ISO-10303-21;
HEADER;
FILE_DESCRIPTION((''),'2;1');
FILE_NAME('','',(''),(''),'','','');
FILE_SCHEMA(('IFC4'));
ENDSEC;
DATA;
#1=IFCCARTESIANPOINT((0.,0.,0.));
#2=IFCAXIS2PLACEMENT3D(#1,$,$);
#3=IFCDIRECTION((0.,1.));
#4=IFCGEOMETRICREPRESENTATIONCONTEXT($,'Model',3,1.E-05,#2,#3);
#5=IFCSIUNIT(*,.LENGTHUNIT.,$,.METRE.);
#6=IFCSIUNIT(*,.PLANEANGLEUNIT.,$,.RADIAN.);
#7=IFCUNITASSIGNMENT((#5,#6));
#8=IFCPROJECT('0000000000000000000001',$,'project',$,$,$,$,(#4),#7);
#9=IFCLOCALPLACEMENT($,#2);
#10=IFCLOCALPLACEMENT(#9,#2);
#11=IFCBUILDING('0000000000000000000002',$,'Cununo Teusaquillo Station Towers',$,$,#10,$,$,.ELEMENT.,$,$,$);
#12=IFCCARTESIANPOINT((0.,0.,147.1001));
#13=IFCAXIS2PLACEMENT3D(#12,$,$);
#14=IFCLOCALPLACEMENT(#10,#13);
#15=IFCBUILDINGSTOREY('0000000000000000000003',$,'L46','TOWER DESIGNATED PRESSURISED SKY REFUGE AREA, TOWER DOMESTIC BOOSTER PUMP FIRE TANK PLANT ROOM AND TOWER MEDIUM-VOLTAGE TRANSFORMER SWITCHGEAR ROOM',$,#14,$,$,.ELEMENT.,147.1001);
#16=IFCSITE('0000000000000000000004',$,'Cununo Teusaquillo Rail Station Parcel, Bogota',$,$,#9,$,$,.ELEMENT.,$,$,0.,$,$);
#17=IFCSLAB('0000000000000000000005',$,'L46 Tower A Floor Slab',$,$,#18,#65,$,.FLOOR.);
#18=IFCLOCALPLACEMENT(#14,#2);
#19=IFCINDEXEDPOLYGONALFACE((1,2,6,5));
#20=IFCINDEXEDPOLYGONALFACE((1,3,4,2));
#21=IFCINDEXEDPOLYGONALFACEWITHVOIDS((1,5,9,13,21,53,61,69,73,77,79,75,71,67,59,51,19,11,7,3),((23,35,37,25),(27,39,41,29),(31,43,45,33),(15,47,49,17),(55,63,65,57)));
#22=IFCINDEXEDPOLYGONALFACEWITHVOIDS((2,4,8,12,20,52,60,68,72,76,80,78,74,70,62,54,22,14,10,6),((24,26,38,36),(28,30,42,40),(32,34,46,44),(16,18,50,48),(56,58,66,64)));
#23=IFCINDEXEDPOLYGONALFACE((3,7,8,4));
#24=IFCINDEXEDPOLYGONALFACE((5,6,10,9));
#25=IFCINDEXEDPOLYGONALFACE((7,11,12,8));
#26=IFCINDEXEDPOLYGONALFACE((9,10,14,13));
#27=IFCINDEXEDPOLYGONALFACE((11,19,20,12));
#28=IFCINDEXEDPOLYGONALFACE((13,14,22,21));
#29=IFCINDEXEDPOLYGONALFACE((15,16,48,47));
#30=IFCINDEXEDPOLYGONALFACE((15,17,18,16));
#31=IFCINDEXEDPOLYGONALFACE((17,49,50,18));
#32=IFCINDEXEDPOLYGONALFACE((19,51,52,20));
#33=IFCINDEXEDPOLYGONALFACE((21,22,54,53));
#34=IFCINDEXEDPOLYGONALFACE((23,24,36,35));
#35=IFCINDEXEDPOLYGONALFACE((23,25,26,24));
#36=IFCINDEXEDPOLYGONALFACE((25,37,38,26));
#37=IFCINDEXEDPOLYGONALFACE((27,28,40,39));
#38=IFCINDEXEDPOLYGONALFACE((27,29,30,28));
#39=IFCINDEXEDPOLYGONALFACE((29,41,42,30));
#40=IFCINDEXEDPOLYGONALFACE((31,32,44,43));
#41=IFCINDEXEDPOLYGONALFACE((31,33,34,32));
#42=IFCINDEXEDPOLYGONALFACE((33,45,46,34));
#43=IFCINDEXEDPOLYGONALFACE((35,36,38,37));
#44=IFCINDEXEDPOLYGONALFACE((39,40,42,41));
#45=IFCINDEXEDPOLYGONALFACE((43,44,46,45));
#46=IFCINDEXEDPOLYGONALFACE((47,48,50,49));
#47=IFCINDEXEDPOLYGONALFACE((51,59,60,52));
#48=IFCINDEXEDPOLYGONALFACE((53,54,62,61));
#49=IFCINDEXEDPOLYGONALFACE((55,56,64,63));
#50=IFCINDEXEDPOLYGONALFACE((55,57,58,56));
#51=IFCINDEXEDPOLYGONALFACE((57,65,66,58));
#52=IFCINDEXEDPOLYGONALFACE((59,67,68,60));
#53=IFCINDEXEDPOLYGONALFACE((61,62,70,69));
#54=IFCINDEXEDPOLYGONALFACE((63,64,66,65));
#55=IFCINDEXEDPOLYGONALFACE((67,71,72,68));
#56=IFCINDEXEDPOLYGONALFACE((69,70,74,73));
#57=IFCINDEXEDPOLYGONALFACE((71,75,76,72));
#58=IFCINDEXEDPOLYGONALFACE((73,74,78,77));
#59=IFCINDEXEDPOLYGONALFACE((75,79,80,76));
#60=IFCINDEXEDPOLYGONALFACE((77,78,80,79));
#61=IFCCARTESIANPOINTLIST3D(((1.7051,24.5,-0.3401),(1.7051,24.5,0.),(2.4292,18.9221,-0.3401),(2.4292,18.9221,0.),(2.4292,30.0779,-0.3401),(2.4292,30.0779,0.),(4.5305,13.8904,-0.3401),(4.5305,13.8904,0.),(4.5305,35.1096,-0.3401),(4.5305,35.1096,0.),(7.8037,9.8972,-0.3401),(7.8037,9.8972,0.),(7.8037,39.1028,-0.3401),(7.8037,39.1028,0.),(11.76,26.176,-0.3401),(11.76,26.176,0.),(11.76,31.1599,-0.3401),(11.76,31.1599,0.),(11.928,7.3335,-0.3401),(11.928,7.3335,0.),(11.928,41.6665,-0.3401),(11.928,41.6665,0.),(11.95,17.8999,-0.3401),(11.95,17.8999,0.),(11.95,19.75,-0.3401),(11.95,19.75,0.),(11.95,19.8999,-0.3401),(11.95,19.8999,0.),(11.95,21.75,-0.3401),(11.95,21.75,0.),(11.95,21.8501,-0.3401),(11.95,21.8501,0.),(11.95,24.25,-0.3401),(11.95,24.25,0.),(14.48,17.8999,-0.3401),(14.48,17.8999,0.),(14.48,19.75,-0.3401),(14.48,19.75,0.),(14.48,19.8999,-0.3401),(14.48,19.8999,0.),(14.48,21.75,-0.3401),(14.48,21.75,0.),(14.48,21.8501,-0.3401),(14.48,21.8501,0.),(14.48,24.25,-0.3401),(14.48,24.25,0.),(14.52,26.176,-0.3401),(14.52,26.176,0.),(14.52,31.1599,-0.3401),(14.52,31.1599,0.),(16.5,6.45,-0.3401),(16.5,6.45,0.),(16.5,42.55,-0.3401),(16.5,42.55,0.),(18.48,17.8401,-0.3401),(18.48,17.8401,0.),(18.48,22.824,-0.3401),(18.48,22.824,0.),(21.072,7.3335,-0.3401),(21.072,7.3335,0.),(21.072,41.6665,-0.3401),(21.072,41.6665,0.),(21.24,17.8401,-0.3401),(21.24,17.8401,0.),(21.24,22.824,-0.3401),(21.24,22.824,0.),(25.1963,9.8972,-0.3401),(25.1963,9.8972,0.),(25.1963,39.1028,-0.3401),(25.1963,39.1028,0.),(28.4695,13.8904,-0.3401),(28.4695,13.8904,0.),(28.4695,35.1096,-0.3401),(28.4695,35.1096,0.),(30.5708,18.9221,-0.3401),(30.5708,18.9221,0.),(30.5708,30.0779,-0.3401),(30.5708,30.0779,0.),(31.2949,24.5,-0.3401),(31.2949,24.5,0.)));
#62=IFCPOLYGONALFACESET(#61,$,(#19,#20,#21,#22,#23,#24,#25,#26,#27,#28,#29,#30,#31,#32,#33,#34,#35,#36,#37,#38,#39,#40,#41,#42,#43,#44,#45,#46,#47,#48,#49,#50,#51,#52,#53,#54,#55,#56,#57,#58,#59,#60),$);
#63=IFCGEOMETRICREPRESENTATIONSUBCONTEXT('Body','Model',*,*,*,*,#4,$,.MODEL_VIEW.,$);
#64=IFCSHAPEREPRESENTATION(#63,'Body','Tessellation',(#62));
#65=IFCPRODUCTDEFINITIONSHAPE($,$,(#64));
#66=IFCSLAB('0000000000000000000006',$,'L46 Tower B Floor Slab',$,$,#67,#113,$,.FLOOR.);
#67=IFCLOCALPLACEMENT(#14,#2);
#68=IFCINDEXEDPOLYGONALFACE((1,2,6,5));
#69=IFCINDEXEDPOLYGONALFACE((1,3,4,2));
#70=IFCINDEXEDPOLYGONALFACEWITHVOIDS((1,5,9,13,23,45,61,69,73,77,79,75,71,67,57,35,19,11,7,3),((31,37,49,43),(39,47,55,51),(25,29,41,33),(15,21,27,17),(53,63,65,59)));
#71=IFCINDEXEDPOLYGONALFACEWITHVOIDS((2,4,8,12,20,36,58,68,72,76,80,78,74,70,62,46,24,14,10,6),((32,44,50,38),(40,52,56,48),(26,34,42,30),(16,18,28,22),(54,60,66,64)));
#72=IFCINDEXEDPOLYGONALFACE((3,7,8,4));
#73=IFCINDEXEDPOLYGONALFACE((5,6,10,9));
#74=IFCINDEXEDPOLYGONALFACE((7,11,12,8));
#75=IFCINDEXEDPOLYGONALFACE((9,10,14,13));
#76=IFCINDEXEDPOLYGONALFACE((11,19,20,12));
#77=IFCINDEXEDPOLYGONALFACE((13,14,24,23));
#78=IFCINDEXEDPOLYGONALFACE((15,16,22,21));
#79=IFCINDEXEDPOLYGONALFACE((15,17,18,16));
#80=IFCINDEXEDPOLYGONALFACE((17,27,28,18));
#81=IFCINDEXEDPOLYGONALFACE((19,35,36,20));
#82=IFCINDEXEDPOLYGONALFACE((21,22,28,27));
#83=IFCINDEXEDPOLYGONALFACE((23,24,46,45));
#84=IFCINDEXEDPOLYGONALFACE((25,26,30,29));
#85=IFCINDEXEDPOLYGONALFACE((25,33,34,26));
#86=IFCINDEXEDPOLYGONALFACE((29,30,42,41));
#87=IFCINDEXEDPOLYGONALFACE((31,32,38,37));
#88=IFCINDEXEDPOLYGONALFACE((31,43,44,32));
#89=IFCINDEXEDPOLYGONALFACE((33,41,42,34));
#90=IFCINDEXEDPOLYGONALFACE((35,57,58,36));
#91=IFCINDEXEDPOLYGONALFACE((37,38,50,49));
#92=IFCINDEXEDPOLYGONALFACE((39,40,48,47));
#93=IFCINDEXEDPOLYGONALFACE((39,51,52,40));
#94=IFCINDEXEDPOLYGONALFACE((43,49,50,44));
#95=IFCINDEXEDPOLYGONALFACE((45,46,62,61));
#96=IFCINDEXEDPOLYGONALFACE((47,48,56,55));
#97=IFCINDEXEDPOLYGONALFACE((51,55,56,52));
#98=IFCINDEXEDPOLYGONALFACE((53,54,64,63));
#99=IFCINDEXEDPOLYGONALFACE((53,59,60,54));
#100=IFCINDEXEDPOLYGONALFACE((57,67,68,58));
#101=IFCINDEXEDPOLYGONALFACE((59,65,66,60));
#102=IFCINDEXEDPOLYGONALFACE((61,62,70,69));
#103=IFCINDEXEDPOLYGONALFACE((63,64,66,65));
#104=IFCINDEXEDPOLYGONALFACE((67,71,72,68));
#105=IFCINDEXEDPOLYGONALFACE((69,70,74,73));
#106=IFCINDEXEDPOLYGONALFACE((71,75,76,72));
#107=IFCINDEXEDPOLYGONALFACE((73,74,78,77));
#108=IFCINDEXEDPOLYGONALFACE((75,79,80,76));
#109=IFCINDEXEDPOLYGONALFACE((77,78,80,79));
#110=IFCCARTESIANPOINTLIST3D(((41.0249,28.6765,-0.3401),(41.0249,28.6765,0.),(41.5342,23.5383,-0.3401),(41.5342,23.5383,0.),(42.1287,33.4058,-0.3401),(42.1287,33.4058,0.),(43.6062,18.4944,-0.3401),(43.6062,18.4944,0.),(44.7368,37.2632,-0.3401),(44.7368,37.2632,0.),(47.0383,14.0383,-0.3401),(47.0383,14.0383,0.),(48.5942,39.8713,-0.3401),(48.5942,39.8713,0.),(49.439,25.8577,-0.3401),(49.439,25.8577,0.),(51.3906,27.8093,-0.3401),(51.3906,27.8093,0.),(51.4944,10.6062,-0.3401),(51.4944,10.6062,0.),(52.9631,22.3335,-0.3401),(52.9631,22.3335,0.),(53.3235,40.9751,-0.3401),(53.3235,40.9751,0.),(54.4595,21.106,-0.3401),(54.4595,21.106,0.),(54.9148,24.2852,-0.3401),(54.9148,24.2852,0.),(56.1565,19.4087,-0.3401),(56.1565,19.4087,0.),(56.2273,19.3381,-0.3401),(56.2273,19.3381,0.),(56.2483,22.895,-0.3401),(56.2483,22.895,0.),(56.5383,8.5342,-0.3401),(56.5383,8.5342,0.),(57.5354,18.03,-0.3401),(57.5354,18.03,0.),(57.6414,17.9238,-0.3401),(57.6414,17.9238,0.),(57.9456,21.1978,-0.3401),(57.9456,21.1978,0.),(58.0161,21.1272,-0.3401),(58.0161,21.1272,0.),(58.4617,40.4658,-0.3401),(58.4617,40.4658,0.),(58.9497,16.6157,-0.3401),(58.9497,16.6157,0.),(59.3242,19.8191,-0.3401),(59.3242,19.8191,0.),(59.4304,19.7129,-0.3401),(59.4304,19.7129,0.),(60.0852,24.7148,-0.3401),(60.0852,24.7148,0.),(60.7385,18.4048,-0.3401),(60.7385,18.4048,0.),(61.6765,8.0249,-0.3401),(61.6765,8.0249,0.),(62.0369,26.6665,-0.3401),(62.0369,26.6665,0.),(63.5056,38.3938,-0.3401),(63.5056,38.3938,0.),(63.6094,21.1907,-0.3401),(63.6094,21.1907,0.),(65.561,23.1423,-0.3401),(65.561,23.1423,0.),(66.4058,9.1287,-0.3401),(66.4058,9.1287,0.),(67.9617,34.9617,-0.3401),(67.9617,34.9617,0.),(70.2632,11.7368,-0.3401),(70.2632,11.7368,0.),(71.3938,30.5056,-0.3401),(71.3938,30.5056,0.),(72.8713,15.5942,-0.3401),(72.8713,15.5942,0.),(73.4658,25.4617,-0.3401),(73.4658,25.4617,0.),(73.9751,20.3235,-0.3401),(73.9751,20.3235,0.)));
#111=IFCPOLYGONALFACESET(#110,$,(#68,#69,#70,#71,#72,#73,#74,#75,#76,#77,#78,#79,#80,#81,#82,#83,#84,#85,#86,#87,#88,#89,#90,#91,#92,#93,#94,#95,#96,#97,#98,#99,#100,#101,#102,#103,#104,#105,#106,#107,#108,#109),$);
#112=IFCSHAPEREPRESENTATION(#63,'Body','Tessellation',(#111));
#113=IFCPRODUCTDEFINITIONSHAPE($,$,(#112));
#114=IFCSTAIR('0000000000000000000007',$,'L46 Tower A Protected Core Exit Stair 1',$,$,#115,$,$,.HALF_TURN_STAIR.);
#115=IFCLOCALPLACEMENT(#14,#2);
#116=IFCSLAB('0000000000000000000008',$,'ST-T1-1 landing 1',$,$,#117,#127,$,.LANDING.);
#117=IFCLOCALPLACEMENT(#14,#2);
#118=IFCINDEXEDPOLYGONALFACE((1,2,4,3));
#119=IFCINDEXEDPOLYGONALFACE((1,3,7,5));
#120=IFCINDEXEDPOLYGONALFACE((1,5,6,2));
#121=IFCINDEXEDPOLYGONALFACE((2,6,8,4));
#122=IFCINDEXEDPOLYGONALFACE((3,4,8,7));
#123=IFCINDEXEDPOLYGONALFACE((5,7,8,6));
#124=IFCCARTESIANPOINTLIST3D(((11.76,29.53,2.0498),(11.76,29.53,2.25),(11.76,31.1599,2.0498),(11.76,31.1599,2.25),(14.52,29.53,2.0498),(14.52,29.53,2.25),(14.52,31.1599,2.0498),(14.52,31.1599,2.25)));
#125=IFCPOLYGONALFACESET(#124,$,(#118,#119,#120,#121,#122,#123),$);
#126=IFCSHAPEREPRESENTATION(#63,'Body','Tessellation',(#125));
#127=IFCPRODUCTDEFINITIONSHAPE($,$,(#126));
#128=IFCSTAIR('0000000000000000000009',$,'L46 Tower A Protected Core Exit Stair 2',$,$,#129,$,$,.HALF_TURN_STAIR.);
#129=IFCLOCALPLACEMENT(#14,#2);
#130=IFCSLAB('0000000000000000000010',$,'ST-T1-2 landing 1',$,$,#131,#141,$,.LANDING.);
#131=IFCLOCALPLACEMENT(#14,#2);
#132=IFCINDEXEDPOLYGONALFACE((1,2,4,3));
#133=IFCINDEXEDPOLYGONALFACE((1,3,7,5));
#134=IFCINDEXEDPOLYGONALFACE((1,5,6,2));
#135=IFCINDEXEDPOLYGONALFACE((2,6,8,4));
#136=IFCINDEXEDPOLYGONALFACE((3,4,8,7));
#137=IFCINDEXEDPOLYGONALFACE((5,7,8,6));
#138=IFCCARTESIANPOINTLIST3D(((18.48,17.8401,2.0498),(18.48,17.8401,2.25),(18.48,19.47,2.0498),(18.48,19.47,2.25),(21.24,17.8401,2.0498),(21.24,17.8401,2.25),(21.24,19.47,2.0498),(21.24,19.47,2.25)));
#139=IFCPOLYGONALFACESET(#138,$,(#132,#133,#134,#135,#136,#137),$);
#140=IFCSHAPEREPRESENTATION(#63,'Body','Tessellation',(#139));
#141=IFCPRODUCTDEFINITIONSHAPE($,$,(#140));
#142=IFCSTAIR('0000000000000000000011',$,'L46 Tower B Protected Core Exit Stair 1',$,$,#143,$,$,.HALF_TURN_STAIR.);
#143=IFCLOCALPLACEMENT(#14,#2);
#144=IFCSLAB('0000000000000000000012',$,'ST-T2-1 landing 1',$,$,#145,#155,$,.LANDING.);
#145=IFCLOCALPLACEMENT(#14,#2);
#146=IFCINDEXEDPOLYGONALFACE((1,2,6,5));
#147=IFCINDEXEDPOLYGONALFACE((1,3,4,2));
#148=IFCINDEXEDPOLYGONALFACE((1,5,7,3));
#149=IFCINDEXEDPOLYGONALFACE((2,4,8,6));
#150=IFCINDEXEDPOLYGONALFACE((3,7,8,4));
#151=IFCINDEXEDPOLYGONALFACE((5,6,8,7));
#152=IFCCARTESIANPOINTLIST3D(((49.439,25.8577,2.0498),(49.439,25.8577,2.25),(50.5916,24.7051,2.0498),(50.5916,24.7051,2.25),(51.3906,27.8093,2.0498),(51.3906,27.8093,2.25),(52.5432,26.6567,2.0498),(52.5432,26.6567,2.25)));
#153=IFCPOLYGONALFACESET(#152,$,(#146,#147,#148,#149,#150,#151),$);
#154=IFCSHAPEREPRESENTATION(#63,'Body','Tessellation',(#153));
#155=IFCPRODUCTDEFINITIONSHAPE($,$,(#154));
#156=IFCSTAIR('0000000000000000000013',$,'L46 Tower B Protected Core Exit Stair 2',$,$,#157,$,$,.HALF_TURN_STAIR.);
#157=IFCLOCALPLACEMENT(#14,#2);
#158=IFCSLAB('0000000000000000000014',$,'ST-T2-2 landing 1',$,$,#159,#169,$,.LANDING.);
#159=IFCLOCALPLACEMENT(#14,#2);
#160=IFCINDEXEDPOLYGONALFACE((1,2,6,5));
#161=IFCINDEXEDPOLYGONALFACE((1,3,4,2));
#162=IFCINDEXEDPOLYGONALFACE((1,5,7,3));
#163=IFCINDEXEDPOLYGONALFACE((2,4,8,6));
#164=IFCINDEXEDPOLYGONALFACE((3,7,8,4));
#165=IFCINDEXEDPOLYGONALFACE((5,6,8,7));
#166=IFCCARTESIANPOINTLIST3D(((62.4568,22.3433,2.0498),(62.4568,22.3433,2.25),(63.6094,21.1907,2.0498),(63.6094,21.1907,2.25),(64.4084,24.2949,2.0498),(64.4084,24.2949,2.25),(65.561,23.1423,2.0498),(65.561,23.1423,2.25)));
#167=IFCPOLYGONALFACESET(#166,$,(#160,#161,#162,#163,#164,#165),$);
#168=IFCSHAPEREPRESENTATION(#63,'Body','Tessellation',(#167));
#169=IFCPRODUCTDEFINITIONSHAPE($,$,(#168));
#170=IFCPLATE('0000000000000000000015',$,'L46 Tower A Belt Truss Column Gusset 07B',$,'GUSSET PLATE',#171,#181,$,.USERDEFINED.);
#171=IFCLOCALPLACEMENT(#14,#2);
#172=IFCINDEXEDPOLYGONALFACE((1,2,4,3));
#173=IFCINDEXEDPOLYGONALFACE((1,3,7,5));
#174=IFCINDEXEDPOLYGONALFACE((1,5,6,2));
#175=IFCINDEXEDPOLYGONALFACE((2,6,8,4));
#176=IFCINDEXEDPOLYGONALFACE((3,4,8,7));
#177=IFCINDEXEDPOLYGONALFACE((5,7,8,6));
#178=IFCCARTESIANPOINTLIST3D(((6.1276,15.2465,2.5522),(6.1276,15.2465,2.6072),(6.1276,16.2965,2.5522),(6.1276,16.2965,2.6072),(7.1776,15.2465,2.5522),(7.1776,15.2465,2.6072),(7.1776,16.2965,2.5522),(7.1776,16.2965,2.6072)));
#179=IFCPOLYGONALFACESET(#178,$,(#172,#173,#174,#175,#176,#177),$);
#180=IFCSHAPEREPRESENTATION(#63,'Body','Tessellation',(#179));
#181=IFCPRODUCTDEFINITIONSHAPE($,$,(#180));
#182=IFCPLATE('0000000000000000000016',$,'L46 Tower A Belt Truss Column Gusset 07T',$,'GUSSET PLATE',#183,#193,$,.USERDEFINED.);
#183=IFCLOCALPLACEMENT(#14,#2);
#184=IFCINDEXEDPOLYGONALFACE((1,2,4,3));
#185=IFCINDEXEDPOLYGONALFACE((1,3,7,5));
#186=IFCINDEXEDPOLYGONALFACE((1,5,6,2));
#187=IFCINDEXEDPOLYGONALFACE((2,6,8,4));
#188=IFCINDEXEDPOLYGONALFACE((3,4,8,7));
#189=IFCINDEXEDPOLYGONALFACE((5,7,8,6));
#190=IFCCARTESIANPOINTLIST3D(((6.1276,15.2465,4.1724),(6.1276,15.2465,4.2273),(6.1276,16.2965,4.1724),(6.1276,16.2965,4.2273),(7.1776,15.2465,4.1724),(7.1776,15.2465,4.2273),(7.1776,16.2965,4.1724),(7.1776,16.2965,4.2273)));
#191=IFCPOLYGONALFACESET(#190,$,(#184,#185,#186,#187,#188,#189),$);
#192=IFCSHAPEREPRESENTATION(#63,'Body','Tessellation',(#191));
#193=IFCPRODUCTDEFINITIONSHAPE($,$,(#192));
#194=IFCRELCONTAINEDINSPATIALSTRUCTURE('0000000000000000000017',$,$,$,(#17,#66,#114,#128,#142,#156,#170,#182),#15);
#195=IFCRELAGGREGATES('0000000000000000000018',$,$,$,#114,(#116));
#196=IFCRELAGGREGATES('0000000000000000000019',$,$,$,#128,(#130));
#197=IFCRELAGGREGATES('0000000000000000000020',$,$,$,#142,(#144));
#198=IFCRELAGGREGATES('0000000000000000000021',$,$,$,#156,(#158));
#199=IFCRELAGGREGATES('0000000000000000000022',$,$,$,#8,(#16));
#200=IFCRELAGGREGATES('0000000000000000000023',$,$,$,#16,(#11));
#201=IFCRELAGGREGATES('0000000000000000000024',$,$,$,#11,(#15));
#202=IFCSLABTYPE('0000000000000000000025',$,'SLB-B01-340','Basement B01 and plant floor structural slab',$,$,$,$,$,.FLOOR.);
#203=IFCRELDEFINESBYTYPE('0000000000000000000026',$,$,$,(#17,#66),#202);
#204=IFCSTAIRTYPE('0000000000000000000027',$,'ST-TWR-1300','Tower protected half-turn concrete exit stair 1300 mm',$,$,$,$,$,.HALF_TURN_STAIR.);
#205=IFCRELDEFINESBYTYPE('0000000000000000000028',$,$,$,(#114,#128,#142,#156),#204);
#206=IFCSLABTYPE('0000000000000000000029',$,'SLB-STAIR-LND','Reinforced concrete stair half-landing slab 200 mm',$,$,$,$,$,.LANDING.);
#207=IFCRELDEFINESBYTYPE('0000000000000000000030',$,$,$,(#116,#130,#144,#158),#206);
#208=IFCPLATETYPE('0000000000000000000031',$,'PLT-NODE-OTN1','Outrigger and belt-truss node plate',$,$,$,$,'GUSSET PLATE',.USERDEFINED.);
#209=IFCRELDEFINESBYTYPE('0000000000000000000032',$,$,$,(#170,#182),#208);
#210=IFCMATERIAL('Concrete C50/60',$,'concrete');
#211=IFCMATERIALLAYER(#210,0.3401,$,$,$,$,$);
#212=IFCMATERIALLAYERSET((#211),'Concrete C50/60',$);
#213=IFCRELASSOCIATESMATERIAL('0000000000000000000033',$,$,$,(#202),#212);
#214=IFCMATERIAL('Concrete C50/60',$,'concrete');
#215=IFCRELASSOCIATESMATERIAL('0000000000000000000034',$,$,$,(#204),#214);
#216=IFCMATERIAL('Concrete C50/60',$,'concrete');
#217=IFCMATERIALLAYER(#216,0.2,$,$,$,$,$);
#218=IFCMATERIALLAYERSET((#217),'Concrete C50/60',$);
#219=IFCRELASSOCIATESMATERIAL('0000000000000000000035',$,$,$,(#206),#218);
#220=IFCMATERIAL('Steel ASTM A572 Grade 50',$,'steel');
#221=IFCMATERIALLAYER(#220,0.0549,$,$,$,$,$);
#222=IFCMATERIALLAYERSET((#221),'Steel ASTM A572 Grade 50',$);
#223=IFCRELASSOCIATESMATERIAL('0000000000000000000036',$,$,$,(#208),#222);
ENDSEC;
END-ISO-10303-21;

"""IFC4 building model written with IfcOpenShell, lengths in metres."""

from ifc_helpers import new_model, si_unit, direction, frame, origin, origin_2d, place, context, subcontext, project, spatial, polyline, rectangle, outline, extrude, source, transform, mapped, material, layer, layer_set, type_object, element, aggregate, save


model = new_model("IFC4")

# Units and contexts
model_context = context("Model", 3, precision=1e-05, world=origin(), true_north=direction((0.0, 1.0)))
body_context = subcontext(model_context, "Body", "Model", "MODEL_VIEW")
ifc_project = project(units=[si_unit("LENGTHUNIT", "METRE"), si_unit("PLANEANGLEUNIT", "RADIAN")], contexts=[model_context])

# Site, building, storey
site_placement = place(None, origin())
site = spatial("IfcSite", under=ifc_project, at=site_placement, Name="Cununo Teusaquillo Rail Station Parcel, Bogota", CompositionType="ELEMENT", RefElevation=0.0)
building_placement = place(site_placement, origin())
building = spatial("IfcBuilding", under=site, at=building_placement, Name="Cununo Teusaquillo Station Towers", CompositionType="ELEMENT")
storey_placement = place(building_placement, frame((0.0, 0.0, 147.1001)))
storey = spatial("IfcBuildingStorey", under=building, at=storey_placement, Name="L46", Description="TOWER DESIGNATED PRESSURISED SKY REFUGE AREA, TOWER DOMESTIC BOOSTER PUMP FIRE TANK PLANT ROOM AND TOWER MEDIUM-VOLTAGE TRANSFORMER SWITCHGEAR ROOM", CompositionType="ELEMENT", Elevation=147.1001)

# Slabs
ifc_material_1 = material(Name="Concrete C50/60", Category="concrete")
ifc_layer_1 = layer(ifc_material_1, 0.3401)
ifc_layer_set_1 = layer_set([ifc_layer_1], Name="Concrete C50/60")
slab_type_1 = type_object("IfcSlabType", Name="SLB-B01-340", Description="Basement B01 and plant floor structural slab", PredefinedType="FLOOR", material=ifc_layer_set_1)
slab_1_placement = place(storey_placement, frame((0.0, 0.0, -0.3401)))
element("IfcSlab", 1, at=slab_1_placement, inside=storey, type_object=slab_type_1, Name="L46 Tower A Floor Slab", PredefinedType="FLOOR", context=body_context, shape_type="SweptSolid", body=[
    extrude(outline(polyline([(31.2949, 24.5), (30.5708, 30.0779), (28.4695, 35.1096), (25.1963, 39.1028), (21.072, 41.6665), (16.5, 42.55), (11.928, 41.6665), (7.8037, 39.1028), (4.5305, 35.1096), (2.4292, 30.0779), (1.7051, 24.5), (2.4292, 18.9221), (4.5305, 13.8904), (7.8037, 9.8972), (11.928, 7.3335), (16.5, 6.45), (21.072, 7.3335), (25.1963, 9.8972), (28.4695, 13.8904), (30.5708, 18.9221), (31.2949, 24.5)]), holes=[polyline([(14.52, 26.176), (14.52, 31.1599), (11.76, 31.1599), (11.76, 26.176), (14.52, 26.176)]), polyline([(18.48, 22.824), (18.48, 17.8401), (21.24, 17.8401), (21.24, 22.824), (18.48, 22.824)]), polyline([(11.95, 21.8501), (14.48, 21.8501), (14.48, 24.25), (11.95, 24.25), (11.95, 21.8501)]), polyline([(11.95, 17.8999), (14.48, 17.8999), (14.48, 19.75), (11.95, 19.75), (11.95, 17.8999)]), polyline([(11.95, 19.8999), (14.48, 19.8999), (14.48, 21.75), (11.95, 21.75), (11.95, 19.8999)])]), origin(), (0.0, 0.0, 1.0), 0.3401),
])
slab_2_placement = place(storey_placement, frame((0.0, 0.0, -0.3401)))
element("IfcSlab", 2, at=slab_2_placement, inside=storey, type_object=slab_type_1, Name="L46 Tower B Floor Slab", PredefinedType="FLOOR", context=body_context, shape_type="SweptSolid", body=[
    extrude(outline(polyline([(67.9617, 34.9617), (63.5056, 38.3938), (58.4617, 40.4658), (53.3235, 40.9751), (48.5942, 39.8713), (44.7368, 37.2632), (42.1287, 33.4058), (41.0249, 28.6765), (41.5342, 23.5383), (43.6062, 18.4944), (47.0383, 14.0383), (51.4944, 10.6062), (56.5383, 8.5342), (61.6765, 8.0249), (66.4058, 9.1287), (70.2632, 11.7368), (72.8713, 15.5942), (73.9751, 20.3235), (73.4658, 25.4617), (71.3938, 30.5056), (67.9617, 34.9617)]), holes=[polyline([(54.9148, 24.2852), (51.3906, 27.8093), (49.439, 25.8577), (52.9631, 22.3335), (54.9148, 24.2852)]), polyline([(60.0852, 24.7148), (63.6094, 21.1907), (65.561, 23.1423), (62.0369, 26.6665), (60.0852, 24.7148)]), polyline([(56.1565, 19.4087), (57.9456, 21.1978), (56.2483, 22.895), (54.4595, 21.106), (56.1565, 19.4087)]), polyline([(58.9497, 16.6157), (60.7385, 18.4048), (59.4304, 19.7129), (57.6414, 17.9238), (58.9497, 16.6157)]), polyline([(57.5354, 18.03), (59.3242, 19.8191), (58.0161, 21.1272), (56.2273, 19.3381), (57.5354, 18.03)])]), origin(), (0.0, 0.0, 1.0), 0.3401),
])

# Stairs, slabs
ifc_material_2 = material(Name="Concrete C50/60", Category="concrete")
stair_type = type_object("IfcStairType", Name="ST-TWR-1300", Description="Tower protected half-turn concrete exit stair 1300 mm", PredefinedType="HALF_TURN_STAIR", material=ifc_material_2)
stair_1_placement = place(storey_placement, origin())
stair_1 = element("IfcStair", 3, at=stair_1_placement, inside=storey, type_object=stair_type, Name="L46 Tower A Protected Core Exit Stair 1", PredefinedType="HALF_TURN_STAIR")
ifc_material_3 = material(Name="Concrete C50/60", Category="concrete")
ifc_layer_2 = layer(ifc_material_3, 0.2)
ifc_layer_set_2 = layer_set([ifc_layer_2], Name="Concrete C50/60")
slab_type_2 = type_object("IfcSlabType", Name="SLB-STAIR-LND", Description="Reinforced concrete stair half-landing slab 200 mm", PredefinedType="LANDING", material=ifc_layer_set_2)
slab_3_placement = place(storey_placement, frame((0.0, 0.0, 2.0498)))
slab_3 = element("IfcSlab", 4, at=slab_3_placement, type_object=slab_type_2, Name="ST-T1-1 landing 1", PredefinedType="LANDING", context=body_context, shape_type="SweptSolid", body=[
    extrude(outline(polyline([(14.52, 29.53), (14.52, 31.1599), (11.76, 31.1599), (11.76, 29.53), (14.52, 29.53)])), origin(), (0.0, 0.0, 1.0), 0.2002),
])
aggregate(stair_1, [slab_3])
stair_2_placement = place(storey_placement, origin())
stair_2 = element("IfcStair", 5, at=stair_2_placement, inside=storey, type_object=stair_type, Name="L46 Tower A Protected Core Exit Stair 2", PredefinedType="HALF_TURN_STAIR")
slab_4_placement = place(storey_placement, frame((0.0, 0.0, 2.0498)))
slab_4 = element("IfcSlab", 6, at=slab_4_placement, type_object=slab_type_2, Name="ST-T1-2 landing 1", PredefinedType="LANDING", context=body_context, shape_type="SweptSolid", body=[
    extrude(outline(polyline([(18.48, 19.47), (18.48, 17.8401), (21.24, 17.8401), (21.24, 19.47), (18.48, 19.47)])), origin(), (0.0, 0.0, 1.0), 0.2002),
])
aggregate(stair_2, [slab_4])
stair_3_placement = place(storey_placement, origin())
stair_3 = element("IfcStair", 7, at=stair_3_placement, inside=storey, type_object=stair_type, Name="L46 Tower B Protected Core Exit Stair 1", PredefinedType="HALF_TURN_STAIR")
slab_5_placement = place(storey_placement, frame((0.0, 0.0, 2.0498)))
slab_5 = element("IfcSlab", 8, at=slab_5_placement, type_object=slab_type_2, Name="ST-T2-1 landing 1", PredefinedType="LANDING", context=body_context, shape_type="SweptSolid", body=[
    extrude(outline(polyline([(52.5432, 26.6567), (51.3906, 27.8093), (49.439, 25.8577), (50.5916, 24.7051), (52.5432, 26.6567)])), origin(), (0.0, 0.0, 1.0), 0.2002),
])
aggregate(stair_3, [slab_5])
stair_4_placement = place(storey_placement, origin())
stair_4 = element("IfcStair", 9, at=stair_4_placement, inside=storey, type_object=stair_type, Name="L46 Tower B Protected Core Exit Stair 2", PredefinedType="HALF_TURN_STAIR")
slab_6_placement = place(storey_placement, frame((0.0, 0.0, 2.0498)))
slab_6 = element("IfcSlab", 10, at=slab_6_placement, type_object=slab_type_2, Name="ST-T2-2 landing 1", PredefinedType="LANDING", context=body_context, shape_type="SweptSolid", body=[
    extrude(outline(polyline([(62.4568, 22.3433), (63.6094, 21.1907), (65.561, 23.1423), (64.4084, 24.2949), (62.4568, 22.3433)])), origin(), (0.0, 0.0, 1.0), 0.2002),
])
aggregate(stair_4, [slab_6])

# Plates
ifc_material_4 = material(Name="Steel ASTM A572 Grade 50", Category="steel")
ifc_layer_3 = layer(ifc_material_4, 0.0549)
ifc_layer_set_3 = layer_set([ifc_layer_3], Name="Steel ASTM A572 Grade 50")
plate_type_1 = type_object("IfcPlateType", Name="PLT-NODE-OTN1", Description="Outrigger and belt-truss node plate", ElementType="GUSSET PLATE", PredefinedType="USERDEFINED", material=ifc_layer_set_3)
shared_shape_1 = source(origin(), body_context, "Body", "SweptSolid", [
    extrude(rectangle(XDim=1.05, YDim=1.05, at=origin_2d()), origin(), (0.0, 0.0, 1.0), 0.0549),
])
for number, where, z_axis, x_axis, name in (
    (11, (6.6526, 15.7715, 2.5522), (0.0, 0.0, 1.0), (1.0, 0.0, 0.0), "L46 Tower A Belt Truss Column Gusset 07B"),
    (12, (6.6526, 15.7715, 4.1724), (0.0, 0.0, 1.0), (1.0, 0.0, 0.0), "L46 Tower A Belt Truss Column Gusset 07T"),
):
    element("IfcPlate", number, at=place(storey_placement, frame(where, z_axis=z_axis, x_axis=x_axis)), inside=storey, type_object=plate_type_1, Name=name, ObjectType="GUSSET PLATE", PredefinedType="USERDEFINED", context=body_context, shape_type="MappedRepresentation", body=[
        mapped(shared_shape_1, transform((0.0, 0.0, 0.0), x_axis=(1.0, 0.0, 0.0), y_axis=(0.0, 1.0, 0.0), z_axis=(0.0, 0.0, 1.0), scale=1.0)),
    ])

save(model, "model.ifc")
